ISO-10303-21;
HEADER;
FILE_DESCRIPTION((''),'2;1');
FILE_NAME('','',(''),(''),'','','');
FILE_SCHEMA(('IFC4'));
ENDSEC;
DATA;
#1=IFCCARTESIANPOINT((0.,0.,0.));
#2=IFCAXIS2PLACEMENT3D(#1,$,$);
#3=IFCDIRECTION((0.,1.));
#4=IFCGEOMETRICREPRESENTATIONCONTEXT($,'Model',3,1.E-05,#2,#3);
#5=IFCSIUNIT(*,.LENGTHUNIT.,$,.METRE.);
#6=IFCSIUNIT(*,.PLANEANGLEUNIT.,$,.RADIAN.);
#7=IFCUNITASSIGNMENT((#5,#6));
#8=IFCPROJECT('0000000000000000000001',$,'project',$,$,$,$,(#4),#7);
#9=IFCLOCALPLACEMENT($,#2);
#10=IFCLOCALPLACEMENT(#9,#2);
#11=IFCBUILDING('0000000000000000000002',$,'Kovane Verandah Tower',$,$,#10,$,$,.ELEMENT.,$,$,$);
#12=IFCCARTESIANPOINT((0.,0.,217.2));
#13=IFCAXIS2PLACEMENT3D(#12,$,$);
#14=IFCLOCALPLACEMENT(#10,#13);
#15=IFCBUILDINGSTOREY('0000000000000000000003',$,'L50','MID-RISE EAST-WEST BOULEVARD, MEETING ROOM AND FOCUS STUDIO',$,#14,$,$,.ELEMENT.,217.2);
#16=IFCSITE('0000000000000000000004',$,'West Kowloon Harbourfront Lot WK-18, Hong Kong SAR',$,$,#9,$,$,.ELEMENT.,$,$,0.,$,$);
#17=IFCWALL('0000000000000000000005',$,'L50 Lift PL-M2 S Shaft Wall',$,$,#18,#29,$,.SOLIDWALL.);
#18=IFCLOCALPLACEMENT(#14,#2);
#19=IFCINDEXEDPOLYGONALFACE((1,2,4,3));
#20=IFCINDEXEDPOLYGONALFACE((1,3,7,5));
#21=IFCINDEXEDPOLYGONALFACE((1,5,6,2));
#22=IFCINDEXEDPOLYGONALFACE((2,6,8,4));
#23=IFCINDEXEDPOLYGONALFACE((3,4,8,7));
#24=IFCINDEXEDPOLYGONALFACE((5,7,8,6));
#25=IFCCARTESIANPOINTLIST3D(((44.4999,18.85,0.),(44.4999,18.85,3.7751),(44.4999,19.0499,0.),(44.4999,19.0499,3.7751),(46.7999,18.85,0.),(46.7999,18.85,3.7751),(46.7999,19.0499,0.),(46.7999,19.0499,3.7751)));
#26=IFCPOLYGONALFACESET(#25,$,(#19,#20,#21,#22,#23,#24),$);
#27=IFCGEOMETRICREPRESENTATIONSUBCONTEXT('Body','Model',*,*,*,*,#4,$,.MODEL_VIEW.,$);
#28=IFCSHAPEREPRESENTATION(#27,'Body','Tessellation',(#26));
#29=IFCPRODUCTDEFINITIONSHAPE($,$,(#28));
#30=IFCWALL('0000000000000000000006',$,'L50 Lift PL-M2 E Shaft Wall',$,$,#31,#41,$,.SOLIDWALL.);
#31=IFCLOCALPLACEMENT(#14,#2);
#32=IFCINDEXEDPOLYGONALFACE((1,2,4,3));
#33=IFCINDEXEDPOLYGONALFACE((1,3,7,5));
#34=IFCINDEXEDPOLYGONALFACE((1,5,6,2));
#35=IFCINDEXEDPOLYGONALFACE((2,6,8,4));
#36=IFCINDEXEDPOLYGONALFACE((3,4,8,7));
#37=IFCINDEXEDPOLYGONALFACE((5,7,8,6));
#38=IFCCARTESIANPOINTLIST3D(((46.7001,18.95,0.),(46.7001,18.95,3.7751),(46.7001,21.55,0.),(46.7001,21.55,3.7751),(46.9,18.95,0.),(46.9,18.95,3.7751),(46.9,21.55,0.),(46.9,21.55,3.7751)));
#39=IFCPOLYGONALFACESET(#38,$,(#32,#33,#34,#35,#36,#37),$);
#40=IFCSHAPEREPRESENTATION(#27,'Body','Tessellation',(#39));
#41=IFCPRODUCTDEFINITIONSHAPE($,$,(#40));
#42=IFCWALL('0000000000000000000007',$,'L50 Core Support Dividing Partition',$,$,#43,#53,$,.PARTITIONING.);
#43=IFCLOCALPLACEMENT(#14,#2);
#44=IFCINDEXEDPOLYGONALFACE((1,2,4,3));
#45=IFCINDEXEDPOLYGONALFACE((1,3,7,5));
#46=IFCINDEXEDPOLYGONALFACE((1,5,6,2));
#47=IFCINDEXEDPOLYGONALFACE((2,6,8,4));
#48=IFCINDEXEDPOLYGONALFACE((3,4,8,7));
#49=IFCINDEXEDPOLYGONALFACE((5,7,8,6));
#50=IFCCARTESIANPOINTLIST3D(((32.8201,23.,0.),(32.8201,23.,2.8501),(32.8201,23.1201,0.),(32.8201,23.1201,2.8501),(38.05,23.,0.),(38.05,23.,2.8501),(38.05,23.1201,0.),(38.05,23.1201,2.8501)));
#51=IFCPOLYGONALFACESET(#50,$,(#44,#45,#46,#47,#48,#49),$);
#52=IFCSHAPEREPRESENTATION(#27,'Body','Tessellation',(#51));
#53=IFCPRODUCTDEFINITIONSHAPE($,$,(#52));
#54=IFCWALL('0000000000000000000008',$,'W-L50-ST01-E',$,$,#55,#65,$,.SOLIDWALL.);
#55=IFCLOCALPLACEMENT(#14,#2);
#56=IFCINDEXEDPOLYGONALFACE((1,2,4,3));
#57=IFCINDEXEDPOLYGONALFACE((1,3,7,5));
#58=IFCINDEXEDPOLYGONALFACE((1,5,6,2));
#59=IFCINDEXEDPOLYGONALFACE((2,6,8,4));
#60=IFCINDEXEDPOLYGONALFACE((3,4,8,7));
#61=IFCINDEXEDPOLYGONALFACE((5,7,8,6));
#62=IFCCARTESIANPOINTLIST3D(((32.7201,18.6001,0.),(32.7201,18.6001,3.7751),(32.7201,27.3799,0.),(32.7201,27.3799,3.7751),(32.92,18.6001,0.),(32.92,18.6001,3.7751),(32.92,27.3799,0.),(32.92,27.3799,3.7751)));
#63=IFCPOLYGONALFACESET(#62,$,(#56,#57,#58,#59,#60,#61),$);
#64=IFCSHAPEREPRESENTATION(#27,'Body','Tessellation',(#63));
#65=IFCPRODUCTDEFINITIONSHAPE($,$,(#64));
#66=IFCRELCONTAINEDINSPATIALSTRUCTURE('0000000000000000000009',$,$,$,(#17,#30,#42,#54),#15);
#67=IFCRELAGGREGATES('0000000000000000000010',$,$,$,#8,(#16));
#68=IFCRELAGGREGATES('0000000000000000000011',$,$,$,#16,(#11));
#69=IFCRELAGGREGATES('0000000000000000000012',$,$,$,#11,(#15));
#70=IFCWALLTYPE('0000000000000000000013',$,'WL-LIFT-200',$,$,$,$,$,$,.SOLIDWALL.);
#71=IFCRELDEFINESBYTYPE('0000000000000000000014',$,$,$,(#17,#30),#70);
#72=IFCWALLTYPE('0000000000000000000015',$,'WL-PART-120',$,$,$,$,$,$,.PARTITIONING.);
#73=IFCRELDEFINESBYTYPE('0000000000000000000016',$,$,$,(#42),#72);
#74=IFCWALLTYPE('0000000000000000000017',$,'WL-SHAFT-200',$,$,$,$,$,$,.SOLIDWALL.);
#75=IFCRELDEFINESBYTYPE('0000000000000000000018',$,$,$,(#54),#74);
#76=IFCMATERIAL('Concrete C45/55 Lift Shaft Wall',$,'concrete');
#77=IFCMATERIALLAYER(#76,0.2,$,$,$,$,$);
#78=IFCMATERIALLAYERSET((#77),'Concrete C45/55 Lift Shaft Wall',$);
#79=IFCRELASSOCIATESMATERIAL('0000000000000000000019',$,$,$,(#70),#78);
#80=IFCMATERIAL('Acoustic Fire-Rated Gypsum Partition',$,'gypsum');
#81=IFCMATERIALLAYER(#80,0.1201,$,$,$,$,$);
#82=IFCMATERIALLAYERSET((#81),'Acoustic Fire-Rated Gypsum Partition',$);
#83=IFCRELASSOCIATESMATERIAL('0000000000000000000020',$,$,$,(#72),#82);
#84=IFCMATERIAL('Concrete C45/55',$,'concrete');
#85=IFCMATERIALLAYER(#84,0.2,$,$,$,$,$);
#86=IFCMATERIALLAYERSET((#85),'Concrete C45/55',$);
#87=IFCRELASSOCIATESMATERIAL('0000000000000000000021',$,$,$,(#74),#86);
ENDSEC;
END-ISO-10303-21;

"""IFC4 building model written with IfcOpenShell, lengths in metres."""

from ifc_helpers import new_model, si_unit, direction, frame, frame_2d, origin, place, context, subcontext, project, spatial, rectangle, extrude, material, layer, layer_set, type_object, element, save


model = new_model("IFC4")

# Units and contexts
model_context = context("Model", 3, precision=1e-05, world=origin(), true_north=direction((0.0, 1.0)))
body_context = subcontext(model_context, "Body", "Model", "MODEL_VIEW")
ifc_project = project(units=[si_unit("LENGTHUNIT", "METRE"), si_unit("PLANEANGLEUNIT", "RADIAN")], contexts=[model_context])

# Site, building, storey
site_placement = place(None, origin())
site = spatial("IfcSite", under=ifc_project, at=site_placement, Name="West Kowloon Harbourfront Lot WK-18, Hong Kong SAR", CompositionType="ELEMENT", RefElevation=0.0)
building_placement = place(site_placement, origin())
building = spatial("IfcBuilding", under=site, at=building_placement, Name="Kovane Verandah Tower", CompositionType="ELEMENT")
storey_placement = place(building_placement, frame((0.0, 0.0, 217.2)))
storey = spatial("IfcBuildingStorey", under=building, at=storey_placement, Name="L50", Description="MID-RISE EAST-WEST BOULEVARD, MEETING ROOM AND FOCUS STUDIO", CompositionType="ELEMENT", Elevation=217.2)

# Shared definitions
ifc_material_1 = material(Name="Concrete C45/55 Lift Shaft Wall", Category="concrete")
ifc_layer_1 = layer(ifc_material_1, 0.2)
ifc_layer_set_1 = layer_set([ifc_layer_1], Name="Concrete C45/55 Lift Shaft Wall")
wall_type_1 = type_object("IfcWallType", Name="WL-LIFT-200", PredefinedType="SOLIDWALL", material=ifc_layer_set_1)

# Wall
wall_1_placement = place(storey_placement, frame((44.5, 18.95, 0.0), z_axis=(0.0, 0.0, 1.0), x_axis=(1.0, 0.0, 0.0)))
element("IfcWall", 1, at=wall_1_placement, inside=storey, type_object=wall_type_1, Name="L50 Lift PL-M2 S Shaft Wall", PredefinedType="SOLIDWALL", context=body_context, shape_type="SweptSolid", body=[
    extrude(rectangle(XDim=2.3, YDim=0.2, at=frame_2d((1.1499, 0.0))), origin(), (0.0, 0.0, 1.0), 3.7751),
])

# Walls
wall_2_placement = place(storey_placement, frame((46.8, 18.95, 0.0), z_axis=(0.0, 0.0, 1.0), x_axis=(0.0, 1.0, 0.0)))
element("IfcWall", 2, at=wall_2_placement, inside=storey, type_object=wall_type_1, Name="L50 Lift PL-M2 E Shaft Wall", PredefinedType="SOLIDWALL", context=body_context, shape_type="SweptSolid", body=[
    extrude(rectangle(XDim=2.6001, YDim=0.2, at=frame_2d((1.3, 0.0))), origin(), (0.0, 0.0, 1.0), 3.7751),
])
ifc_material_2 = material(Name="Acoustic Fire-Rated Gypsum Partition", Category="gypsum")
ifc_layer_2 = layer(ifc_material_2, 0.1201)
ifc_layer_set_2 = layer_set([ifc_layer_2], Name="Acoustic Fire-Rated Gypsum Partition")
wall_type_2 = type_object("IfcWallType", Name="WL-PART-120", PredefinedType="PARTITIONING", material=ifc_layer_set_2)
wall_3_placement = place(storey_placement, frame((32.8201, 23.0601, 0.0), z_axis=(0.0, 0.0, 1.0), x_axis=(1.0, 0.0, 0.0)))
element("IfcWall", 3, at=wall_3_placement, inside=storey, type_object=wall_type_2, Name="L50 Core Support Dividing Partition", PredefinedType="PARTITIONING", context=body_context, shape_type="SweptSolid", body=[
    extrude(rectangle(XDim=5.23, YDim=0.1201, at=frame_2d((2.615, 0.0))), origin(), (0.0, 0.0, 1.0), 2.8501),
])
ifc_material_3 = material(Name="Concrete C45/55", Category="concrete")
ifc_layer_3 = layer(ifc_material_3, 0.2)
ifc_layer_set_3 = layer_set([ifc_layer_3], Name="Concrete C45/55")
wall_type_3 = type_object("IfcWallType", Name="WL-SHAFT-200", PredefinedType="SOLIDWALL", material=ifc_layer_set_3)
wall_4_placement = place(storey_placement, frame((32.8201, 18.6001, 0.0), z_axis=(0.0, 0.0, 1.0), x_axis=(0.0, 1.0, 0.0)))
element("IfcWall", 4, at=wall_4_placement, inside=storey, type_object=wall_type_3, Name="W-L50-ST01-E", PredefinedType="SOLIDWALL", context=body_context, shape_type="SweptSolid", body=[
    extrude(rectangle(XDim=8.7798, YDim=0.2, at=frame_2d((4.3899, 0.0))), origin(), (0.0, 0.0, 1.0), 3.7751),
])

save(model, "model.ifc")
